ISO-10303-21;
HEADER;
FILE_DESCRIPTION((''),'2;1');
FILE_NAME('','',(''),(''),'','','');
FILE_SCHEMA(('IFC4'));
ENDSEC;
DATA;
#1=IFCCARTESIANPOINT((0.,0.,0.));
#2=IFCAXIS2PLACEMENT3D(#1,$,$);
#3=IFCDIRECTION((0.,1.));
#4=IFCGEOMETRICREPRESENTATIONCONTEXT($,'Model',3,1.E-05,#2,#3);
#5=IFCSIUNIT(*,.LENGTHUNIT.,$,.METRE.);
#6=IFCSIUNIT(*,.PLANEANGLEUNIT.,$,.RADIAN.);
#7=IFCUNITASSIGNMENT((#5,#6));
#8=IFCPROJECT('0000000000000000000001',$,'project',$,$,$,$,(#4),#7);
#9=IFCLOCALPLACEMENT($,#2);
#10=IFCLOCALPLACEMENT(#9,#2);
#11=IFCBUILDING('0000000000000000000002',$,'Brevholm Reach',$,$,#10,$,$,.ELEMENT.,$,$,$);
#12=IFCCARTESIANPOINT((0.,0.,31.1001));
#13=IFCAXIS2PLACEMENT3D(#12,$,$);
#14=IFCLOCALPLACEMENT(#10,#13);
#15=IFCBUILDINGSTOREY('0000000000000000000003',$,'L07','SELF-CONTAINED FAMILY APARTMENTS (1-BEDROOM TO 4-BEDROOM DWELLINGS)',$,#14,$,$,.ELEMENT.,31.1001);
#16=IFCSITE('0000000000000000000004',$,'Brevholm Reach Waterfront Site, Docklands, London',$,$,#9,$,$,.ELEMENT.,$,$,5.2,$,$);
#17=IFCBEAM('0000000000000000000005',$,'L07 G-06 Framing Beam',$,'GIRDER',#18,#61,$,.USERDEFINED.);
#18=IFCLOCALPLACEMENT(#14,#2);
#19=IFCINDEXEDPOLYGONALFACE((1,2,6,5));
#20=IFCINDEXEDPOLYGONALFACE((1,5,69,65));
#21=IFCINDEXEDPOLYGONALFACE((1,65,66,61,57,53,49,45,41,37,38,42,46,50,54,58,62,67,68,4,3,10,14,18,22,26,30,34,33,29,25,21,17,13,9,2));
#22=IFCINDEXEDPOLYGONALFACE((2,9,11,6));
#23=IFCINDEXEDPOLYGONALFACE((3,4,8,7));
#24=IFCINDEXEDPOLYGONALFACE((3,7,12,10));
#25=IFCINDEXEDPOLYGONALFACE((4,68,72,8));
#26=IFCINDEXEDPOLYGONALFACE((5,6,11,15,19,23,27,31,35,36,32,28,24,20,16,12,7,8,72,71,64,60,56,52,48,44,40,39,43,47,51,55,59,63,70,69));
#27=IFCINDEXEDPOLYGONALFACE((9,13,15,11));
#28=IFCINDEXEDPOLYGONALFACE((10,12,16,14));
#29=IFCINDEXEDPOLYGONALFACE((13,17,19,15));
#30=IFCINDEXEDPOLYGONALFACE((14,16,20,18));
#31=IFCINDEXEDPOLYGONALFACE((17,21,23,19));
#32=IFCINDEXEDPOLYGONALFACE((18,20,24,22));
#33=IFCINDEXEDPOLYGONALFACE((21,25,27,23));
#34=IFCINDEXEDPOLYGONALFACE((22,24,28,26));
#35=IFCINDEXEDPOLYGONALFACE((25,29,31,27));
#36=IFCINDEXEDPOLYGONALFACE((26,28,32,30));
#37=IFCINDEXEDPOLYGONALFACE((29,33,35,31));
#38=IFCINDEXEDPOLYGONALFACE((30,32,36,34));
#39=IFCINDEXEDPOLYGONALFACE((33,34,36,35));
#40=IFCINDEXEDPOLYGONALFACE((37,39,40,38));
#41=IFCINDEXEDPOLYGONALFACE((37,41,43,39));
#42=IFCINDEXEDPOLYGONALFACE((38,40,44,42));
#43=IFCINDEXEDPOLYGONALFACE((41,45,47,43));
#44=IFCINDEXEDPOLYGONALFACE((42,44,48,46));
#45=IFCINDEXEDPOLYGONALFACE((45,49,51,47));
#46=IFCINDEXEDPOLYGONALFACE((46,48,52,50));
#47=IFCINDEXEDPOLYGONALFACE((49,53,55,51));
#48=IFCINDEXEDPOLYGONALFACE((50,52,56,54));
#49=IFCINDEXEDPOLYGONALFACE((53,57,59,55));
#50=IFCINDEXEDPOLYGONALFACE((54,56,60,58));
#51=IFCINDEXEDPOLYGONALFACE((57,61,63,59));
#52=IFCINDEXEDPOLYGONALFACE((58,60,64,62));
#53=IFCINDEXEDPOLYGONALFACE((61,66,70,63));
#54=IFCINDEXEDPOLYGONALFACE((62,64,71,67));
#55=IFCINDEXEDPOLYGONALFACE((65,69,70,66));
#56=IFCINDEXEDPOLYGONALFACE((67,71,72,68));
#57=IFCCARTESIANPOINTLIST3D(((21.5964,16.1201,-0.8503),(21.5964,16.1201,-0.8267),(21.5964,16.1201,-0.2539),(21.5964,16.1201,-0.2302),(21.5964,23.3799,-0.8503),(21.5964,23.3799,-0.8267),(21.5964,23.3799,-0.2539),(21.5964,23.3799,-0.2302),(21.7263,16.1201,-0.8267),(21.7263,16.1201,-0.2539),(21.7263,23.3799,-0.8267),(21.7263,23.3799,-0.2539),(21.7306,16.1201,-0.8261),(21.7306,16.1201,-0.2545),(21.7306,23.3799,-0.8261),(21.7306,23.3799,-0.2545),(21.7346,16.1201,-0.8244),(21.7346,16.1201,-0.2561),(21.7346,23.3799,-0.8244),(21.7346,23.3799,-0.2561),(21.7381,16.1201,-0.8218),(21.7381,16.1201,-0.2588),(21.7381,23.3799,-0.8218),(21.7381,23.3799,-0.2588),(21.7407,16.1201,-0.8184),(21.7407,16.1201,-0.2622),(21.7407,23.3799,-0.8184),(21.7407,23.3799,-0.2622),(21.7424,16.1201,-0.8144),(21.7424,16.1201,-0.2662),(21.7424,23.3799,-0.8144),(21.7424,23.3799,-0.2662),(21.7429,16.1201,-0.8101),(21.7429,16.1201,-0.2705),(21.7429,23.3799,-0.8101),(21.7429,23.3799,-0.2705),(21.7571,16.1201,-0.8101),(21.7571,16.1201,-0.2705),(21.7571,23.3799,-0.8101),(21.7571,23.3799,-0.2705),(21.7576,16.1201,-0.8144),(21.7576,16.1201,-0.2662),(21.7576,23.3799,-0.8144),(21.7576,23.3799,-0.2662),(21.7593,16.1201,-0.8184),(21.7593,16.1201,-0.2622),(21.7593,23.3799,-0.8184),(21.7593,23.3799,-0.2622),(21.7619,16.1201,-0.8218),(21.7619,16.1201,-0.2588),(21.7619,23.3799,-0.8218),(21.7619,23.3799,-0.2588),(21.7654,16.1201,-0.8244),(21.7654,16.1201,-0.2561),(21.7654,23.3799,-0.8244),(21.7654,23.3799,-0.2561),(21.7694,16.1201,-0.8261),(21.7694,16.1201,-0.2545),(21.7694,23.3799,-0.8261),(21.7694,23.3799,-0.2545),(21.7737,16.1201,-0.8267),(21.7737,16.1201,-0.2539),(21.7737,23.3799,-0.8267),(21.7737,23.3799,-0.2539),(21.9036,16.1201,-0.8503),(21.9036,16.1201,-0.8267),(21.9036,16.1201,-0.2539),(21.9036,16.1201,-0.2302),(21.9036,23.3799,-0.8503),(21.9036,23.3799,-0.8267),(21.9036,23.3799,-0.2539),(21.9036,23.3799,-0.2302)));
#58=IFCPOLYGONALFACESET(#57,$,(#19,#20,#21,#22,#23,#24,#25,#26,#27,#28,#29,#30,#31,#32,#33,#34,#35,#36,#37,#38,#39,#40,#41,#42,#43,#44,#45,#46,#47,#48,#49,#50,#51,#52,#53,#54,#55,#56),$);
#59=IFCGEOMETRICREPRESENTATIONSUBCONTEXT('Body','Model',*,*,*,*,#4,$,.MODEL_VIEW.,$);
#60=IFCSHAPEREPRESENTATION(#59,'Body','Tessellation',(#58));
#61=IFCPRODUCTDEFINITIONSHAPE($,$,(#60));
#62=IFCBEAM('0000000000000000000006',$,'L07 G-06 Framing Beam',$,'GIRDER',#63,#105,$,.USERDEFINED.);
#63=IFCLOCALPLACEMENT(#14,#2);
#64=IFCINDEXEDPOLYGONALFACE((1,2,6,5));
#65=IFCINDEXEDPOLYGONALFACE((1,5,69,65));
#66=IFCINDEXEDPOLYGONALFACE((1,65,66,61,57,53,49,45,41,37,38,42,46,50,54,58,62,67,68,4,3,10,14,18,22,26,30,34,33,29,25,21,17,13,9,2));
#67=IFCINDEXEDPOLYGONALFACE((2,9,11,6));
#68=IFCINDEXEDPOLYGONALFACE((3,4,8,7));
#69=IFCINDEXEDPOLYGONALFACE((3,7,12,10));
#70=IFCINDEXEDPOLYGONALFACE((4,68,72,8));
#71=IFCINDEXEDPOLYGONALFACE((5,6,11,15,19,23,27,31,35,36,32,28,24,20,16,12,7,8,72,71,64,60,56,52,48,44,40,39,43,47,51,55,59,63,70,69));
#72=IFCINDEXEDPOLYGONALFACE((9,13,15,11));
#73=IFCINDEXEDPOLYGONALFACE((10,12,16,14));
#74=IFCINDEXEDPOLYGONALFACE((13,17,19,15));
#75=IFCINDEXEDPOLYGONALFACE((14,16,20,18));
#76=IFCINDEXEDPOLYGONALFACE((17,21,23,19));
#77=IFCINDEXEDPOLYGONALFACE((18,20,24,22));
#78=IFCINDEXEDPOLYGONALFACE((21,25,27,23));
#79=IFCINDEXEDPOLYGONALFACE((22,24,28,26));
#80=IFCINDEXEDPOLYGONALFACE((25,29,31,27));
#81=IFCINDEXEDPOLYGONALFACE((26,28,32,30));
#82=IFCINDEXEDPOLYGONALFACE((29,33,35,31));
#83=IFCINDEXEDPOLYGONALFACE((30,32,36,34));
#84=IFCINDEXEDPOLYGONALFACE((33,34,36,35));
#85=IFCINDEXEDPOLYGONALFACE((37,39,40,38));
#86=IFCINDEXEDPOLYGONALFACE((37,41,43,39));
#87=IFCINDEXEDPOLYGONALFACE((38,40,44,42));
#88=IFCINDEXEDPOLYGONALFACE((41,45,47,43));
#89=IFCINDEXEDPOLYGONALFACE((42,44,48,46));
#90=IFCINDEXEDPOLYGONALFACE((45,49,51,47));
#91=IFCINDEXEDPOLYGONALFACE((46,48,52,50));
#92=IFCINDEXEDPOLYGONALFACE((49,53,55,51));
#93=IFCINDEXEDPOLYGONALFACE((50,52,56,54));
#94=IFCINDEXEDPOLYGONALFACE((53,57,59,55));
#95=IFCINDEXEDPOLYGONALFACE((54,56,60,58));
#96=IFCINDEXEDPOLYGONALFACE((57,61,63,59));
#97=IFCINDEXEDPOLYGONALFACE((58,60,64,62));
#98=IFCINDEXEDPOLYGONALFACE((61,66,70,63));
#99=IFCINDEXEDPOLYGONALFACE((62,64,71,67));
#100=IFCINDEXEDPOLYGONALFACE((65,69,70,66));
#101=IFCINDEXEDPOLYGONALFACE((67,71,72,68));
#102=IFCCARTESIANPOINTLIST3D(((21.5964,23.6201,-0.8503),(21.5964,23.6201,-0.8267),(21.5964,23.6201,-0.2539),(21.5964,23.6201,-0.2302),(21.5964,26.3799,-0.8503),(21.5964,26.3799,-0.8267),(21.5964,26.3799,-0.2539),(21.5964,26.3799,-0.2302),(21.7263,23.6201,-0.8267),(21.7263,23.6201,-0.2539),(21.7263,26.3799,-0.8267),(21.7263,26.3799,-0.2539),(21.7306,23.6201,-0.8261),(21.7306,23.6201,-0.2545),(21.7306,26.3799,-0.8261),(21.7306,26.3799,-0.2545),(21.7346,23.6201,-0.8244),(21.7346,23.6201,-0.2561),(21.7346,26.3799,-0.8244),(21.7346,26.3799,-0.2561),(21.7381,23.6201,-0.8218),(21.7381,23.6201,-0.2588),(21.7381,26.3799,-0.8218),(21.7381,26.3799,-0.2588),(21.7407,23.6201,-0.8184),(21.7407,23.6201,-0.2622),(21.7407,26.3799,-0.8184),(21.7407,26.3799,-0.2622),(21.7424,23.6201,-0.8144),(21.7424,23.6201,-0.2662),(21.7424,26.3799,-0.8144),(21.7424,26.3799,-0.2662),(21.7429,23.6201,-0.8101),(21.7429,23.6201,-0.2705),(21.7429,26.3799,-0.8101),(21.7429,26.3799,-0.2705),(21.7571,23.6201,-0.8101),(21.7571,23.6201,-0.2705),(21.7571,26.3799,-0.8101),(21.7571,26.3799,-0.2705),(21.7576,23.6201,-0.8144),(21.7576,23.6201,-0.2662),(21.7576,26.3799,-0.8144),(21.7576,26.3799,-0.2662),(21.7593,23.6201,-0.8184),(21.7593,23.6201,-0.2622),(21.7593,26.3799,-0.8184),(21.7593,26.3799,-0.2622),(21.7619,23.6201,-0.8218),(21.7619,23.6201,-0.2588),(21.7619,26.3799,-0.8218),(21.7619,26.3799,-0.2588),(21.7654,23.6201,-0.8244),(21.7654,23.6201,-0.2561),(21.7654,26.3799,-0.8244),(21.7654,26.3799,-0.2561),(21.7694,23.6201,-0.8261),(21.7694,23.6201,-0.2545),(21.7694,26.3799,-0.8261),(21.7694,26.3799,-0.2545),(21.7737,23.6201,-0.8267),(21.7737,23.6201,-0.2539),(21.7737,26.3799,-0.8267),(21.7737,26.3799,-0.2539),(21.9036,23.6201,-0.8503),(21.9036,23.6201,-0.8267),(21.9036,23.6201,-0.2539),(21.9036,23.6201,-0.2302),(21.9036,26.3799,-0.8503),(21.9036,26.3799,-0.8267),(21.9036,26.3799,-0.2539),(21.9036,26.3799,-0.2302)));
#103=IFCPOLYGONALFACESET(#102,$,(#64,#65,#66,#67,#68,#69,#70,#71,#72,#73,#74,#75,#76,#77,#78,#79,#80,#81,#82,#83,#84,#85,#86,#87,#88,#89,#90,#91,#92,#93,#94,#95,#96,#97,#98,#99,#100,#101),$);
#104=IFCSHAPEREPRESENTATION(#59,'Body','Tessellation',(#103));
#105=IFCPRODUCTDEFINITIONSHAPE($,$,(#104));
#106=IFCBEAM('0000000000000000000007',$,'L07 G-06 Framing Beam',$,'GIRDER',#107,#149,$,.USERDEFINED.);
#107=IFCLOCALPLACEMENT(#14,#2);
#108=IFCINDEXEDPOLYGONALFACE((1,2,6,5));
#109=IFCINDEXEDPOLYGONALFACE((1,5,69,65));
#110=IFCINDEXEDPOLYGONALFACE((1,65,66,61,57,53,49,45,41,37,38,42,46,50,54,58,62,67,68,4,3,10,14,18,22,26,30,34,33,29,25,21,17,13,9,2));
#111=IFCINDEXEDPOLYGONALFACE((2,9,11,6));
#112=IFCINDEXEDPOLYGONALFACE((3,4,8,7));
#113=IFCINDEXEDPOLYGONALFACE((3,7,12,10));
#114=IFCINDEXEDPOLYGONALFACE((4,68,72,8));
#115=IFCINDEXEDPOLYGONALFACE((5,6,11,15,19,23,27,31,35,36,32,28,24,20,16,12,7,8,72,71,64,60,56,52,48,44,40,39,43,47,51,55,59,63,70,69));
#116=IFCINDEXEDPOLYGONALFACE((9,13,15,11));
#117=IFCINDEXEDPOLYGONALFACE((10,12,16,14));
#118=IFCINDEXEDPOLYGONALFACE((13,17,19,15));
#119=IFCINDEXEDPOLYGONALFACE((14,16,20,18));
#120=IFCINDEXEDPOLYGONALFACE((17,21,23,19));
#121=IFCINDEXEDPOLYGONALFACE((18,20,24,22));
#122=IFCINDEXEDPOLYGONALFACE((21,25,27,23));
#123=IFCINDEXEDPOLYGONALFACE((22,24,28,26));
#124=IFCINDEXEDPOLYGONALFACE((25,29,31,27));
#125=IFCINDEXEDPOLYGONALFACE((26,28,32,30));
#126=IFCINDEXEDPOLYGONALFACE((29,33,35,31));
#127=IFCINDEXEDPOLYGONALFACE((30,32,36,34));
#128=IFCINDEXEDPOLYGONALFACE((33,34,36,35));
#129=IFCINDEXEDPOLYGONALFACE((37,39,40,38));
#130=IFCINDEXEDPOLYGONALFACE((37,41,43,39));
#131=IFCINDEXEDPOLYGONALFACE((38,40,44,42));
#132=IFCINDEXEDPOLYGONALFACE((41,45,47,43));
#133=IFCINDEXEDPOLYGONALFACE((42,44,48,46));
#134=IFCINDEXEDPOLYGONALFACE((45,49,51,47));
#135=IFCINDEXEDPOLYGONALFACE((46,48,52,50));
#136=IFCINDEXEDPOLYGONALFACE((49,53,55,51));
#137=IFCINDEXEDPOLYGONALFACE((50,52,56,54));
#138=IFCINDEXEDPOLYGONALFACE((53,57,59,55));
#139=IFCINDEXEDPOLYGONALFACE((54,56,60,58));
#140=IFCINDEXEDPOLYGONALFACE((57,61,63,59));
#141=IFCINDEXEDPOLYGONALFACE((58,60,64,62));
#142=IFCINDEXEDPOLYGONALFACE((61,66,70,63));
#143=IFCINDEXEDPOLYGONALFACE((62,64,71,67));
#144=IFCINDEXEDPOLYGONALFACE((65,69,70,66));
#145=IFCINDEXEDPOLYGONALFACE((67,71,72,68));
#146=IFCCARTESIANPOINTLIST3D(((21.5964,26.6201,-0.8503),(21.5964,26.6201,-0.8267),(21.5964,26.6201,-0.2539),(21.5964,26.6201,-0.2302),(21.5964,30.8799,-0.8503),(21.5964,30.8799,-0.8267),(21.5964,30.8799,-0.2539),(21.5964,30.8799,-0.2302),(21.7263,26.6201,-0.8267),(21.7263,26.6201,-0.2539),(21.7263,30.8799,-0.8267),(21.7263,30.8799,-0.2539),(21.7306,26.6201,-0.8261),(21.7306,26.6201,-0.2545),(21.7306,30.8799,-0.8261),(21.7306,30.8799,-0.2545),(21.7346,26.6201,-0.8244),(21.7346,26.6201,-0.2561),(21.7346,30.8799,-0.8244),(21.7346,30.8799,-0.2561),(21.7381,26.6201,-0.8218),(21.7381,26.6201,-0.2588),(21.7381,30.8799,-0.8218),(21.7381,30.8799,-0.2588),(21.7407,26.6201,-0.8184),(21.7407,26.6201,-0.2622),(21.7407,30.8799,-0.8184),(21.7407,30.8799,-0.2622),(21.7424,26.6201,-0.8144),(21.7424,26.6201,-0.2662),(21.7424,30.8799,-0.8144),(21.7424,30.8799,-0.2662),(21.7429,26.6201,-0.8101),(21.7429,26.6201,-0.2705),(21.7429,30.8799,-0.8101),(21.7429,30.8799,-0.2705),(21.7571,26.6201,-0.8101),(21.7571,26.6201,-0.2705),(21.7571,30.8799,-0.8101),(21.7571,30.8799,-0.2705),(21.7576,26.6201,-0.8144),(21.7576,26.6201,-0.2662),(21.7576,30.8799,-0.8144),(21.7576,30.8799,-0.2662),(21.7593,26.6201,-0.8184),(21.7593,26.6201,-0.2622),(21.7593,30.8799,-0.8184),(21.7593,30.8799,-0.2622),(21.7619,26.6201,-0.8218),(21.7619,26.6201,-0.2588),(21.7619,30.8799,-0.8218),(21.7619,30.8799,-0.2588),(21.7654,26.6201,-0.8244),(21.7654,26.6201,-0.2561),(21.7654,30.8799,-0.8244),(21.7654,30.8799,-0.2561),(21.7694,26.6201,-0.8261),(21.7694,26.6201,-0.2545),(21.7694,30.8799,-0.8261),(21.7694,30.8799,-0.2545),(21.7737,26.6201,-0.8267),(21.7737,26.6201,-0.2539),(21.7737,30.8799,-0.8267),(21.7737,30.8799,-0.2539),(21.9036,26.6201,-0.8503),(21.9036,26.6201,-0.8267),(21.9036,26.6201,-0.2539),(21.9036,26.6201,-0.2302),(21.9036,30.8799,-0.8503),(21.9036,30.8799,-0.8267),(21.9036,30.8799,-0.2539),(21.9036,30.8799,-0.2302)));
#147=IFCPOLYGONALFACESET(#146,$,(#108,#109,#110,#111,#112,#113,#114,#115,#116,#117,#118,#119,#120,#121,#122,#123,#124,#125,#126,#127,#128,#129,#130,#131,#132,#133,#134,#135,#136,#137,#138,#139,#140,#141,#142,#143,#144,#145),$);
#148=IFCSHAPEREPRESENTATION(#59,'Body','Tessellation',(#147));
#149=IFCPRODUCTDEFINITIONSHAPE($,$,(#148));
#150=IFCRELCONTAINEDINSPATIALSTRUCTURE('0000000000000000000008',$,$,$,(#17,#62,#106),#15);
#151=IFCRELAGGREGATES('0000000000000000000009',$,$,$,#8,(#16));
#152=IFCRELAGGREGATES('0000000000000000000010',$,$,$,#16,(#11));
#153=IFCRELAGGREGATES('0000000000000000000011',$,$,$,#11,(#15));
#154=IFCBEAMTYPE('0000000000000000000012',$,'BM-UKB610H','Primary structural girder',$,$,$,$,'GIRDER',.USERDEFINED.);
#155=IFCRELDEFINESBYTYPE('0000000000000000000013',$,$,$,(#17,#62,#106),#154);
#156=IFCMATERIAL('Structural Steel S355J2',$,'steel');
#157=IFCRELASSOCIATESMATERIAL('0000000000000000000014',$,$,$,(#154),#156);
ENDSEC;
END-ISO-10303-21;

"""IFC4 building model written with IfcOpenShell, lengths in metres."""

from ifc_helpers import new_model, si_unit, direction, frame, origin, origin_2d, place, context, subcontext, project, spatial, i_section, extrude, material, material_profile, profile_set, type_object, element, save


model = new_model("IFC4")

# Units and contexts
model_context = context("Model", 3, precision=1e-05, world=origin(), true_north=direction((0.0, 1.0)))
body_context = subcontext(model_context, "Body", "Model", "MODEL_VIEW")
ifc_project = project(units=[si_unit("LENGTHUNIT", "METRE"), si_unit("PLANEANGLEUNIT", "RADIAN")], contexts=[model_context])

# Site, building, storey
site_placement = place(None, origin())
site = spatial("IfcSite", under=ifc_project, at=site_placement, Name="Brevholm Reach Waterfront Site, Docklands, London", CompositionType="ELEMENT", RefElevation=5.2)
building_placement = place(site_placement, origin())
building = spatial("IfcBuilding", under=site, at=building_placement, Name="Brevholm Reach", CompositionType="ELEMENT")
storey_placement = place(building_placement, frame((0.0, 0.0, 31.1001)))
storey = spatial("IfcBuildingStorey", under=building, at=storey_placement, Name="L07", Description="SELF-CONTAINED FAMILY APARTMENTS (1-BEDROOM TO 4-BEDROOM DWELLINGS)", CompositionType="ELEMENT", Elevation=31.1001)

# Beams
ifc_material_1 = material(Name="Structural Steel S355J2", Category="steel")
ifc_material_profile_1 = material_profile(ifc_material_1, i_section(OverallWidth=0.3071, OverallDepth=0.6201, WebThickness=0.0142, FlangeThickness=0.0237, FilletRadius=0.0166, at=origin_2d()), Name="UKB 610x305x179")
ifc_profile_set_1 = profile_set([ifc_material_profile_1], Name="Structural Steel S355J2")
beam_type_1 = type_object("IfcBeamType", Name="BM-UKB610H", Description="Primary structural girder", ElementType="GIRDER", PredefinedType="USERDEFINED", material=ifc_profile_set_1)
beam_1_placement = place(storey_placement, frame((21.75, 16.1201, -0.5403), z_axis=(0.0, 1.0, 0.0), x_axis=(-1.0, 0.0, 0.0)))
element("IfcBeam", 1, at=beam_1_placement, inside=storey, type_object=beam_type_1, Name="L07 G-06 Framing Beam", ObjectType="GIRDER", PredefinedType="USERDEFINED", context=body_context, shape_type="SweptSolid", body=[
    extrude(i_section(OverallWidth=0.3071, OverallDepth=0.6201, WebThickness=0.0142, FlangeThickness=0.0237, FilletRadius=0.0166, at=origin_2d()), origin(), (0.0, 0.0, 1.0), 7.2598),
])
beam_2_placement = place(storey_placement, frame((21.75, 23.6201, -0.5403), z_axis=(0.0, 1.0, 0.0), x_axis=(-1.0, 0.0, 0.0)))
element("IfcBeam", 2, at=beam_2_placement, inside=storey, type_object=beam_type_1, Name="L07 G-06 Framing Beam", ObjectType="GIRDER", PredefinedType="USERDEFINED", context=body_context, shape_type="SweptSolid", body=[
    extrude(i_section(OverallWidth=0.3071, OverallDepth=0.6201, WebThickness=0.0142, FlangeThickness=0.0237, FilletRadius=0.0166, at=origin_2d()), origin(), (0.0, 0.0, 1.0), 2.7598),
])
beam_3_placement = place(storey_placement, frame((21.75, 26.6201, -0.5403), z_axis=(0.0, 1.0, 0.0), x_axis=(-1.0, 0.0, 0.0)))
element("IfcBeam", 3, at=beam_3_placement, inside=storey, type_object=beam_type_1, Name="L07 G-06 Framing Beam", ObjectType="GIRDER", PredefinedType="USERDEFINED", context=body_context, shape_type="SweptSolid", body=[
    extrude(i_section(OverallWidth=0.3071, OverallDepth=0.6201, WebThickness=0.0142, FlangeThickness=0.0237, FilletRadius=0.0166, at=origin_2d()), origin(), (0.0, 0.0, 1.0), 4.2598),
])

save(model, "model.ifc")
